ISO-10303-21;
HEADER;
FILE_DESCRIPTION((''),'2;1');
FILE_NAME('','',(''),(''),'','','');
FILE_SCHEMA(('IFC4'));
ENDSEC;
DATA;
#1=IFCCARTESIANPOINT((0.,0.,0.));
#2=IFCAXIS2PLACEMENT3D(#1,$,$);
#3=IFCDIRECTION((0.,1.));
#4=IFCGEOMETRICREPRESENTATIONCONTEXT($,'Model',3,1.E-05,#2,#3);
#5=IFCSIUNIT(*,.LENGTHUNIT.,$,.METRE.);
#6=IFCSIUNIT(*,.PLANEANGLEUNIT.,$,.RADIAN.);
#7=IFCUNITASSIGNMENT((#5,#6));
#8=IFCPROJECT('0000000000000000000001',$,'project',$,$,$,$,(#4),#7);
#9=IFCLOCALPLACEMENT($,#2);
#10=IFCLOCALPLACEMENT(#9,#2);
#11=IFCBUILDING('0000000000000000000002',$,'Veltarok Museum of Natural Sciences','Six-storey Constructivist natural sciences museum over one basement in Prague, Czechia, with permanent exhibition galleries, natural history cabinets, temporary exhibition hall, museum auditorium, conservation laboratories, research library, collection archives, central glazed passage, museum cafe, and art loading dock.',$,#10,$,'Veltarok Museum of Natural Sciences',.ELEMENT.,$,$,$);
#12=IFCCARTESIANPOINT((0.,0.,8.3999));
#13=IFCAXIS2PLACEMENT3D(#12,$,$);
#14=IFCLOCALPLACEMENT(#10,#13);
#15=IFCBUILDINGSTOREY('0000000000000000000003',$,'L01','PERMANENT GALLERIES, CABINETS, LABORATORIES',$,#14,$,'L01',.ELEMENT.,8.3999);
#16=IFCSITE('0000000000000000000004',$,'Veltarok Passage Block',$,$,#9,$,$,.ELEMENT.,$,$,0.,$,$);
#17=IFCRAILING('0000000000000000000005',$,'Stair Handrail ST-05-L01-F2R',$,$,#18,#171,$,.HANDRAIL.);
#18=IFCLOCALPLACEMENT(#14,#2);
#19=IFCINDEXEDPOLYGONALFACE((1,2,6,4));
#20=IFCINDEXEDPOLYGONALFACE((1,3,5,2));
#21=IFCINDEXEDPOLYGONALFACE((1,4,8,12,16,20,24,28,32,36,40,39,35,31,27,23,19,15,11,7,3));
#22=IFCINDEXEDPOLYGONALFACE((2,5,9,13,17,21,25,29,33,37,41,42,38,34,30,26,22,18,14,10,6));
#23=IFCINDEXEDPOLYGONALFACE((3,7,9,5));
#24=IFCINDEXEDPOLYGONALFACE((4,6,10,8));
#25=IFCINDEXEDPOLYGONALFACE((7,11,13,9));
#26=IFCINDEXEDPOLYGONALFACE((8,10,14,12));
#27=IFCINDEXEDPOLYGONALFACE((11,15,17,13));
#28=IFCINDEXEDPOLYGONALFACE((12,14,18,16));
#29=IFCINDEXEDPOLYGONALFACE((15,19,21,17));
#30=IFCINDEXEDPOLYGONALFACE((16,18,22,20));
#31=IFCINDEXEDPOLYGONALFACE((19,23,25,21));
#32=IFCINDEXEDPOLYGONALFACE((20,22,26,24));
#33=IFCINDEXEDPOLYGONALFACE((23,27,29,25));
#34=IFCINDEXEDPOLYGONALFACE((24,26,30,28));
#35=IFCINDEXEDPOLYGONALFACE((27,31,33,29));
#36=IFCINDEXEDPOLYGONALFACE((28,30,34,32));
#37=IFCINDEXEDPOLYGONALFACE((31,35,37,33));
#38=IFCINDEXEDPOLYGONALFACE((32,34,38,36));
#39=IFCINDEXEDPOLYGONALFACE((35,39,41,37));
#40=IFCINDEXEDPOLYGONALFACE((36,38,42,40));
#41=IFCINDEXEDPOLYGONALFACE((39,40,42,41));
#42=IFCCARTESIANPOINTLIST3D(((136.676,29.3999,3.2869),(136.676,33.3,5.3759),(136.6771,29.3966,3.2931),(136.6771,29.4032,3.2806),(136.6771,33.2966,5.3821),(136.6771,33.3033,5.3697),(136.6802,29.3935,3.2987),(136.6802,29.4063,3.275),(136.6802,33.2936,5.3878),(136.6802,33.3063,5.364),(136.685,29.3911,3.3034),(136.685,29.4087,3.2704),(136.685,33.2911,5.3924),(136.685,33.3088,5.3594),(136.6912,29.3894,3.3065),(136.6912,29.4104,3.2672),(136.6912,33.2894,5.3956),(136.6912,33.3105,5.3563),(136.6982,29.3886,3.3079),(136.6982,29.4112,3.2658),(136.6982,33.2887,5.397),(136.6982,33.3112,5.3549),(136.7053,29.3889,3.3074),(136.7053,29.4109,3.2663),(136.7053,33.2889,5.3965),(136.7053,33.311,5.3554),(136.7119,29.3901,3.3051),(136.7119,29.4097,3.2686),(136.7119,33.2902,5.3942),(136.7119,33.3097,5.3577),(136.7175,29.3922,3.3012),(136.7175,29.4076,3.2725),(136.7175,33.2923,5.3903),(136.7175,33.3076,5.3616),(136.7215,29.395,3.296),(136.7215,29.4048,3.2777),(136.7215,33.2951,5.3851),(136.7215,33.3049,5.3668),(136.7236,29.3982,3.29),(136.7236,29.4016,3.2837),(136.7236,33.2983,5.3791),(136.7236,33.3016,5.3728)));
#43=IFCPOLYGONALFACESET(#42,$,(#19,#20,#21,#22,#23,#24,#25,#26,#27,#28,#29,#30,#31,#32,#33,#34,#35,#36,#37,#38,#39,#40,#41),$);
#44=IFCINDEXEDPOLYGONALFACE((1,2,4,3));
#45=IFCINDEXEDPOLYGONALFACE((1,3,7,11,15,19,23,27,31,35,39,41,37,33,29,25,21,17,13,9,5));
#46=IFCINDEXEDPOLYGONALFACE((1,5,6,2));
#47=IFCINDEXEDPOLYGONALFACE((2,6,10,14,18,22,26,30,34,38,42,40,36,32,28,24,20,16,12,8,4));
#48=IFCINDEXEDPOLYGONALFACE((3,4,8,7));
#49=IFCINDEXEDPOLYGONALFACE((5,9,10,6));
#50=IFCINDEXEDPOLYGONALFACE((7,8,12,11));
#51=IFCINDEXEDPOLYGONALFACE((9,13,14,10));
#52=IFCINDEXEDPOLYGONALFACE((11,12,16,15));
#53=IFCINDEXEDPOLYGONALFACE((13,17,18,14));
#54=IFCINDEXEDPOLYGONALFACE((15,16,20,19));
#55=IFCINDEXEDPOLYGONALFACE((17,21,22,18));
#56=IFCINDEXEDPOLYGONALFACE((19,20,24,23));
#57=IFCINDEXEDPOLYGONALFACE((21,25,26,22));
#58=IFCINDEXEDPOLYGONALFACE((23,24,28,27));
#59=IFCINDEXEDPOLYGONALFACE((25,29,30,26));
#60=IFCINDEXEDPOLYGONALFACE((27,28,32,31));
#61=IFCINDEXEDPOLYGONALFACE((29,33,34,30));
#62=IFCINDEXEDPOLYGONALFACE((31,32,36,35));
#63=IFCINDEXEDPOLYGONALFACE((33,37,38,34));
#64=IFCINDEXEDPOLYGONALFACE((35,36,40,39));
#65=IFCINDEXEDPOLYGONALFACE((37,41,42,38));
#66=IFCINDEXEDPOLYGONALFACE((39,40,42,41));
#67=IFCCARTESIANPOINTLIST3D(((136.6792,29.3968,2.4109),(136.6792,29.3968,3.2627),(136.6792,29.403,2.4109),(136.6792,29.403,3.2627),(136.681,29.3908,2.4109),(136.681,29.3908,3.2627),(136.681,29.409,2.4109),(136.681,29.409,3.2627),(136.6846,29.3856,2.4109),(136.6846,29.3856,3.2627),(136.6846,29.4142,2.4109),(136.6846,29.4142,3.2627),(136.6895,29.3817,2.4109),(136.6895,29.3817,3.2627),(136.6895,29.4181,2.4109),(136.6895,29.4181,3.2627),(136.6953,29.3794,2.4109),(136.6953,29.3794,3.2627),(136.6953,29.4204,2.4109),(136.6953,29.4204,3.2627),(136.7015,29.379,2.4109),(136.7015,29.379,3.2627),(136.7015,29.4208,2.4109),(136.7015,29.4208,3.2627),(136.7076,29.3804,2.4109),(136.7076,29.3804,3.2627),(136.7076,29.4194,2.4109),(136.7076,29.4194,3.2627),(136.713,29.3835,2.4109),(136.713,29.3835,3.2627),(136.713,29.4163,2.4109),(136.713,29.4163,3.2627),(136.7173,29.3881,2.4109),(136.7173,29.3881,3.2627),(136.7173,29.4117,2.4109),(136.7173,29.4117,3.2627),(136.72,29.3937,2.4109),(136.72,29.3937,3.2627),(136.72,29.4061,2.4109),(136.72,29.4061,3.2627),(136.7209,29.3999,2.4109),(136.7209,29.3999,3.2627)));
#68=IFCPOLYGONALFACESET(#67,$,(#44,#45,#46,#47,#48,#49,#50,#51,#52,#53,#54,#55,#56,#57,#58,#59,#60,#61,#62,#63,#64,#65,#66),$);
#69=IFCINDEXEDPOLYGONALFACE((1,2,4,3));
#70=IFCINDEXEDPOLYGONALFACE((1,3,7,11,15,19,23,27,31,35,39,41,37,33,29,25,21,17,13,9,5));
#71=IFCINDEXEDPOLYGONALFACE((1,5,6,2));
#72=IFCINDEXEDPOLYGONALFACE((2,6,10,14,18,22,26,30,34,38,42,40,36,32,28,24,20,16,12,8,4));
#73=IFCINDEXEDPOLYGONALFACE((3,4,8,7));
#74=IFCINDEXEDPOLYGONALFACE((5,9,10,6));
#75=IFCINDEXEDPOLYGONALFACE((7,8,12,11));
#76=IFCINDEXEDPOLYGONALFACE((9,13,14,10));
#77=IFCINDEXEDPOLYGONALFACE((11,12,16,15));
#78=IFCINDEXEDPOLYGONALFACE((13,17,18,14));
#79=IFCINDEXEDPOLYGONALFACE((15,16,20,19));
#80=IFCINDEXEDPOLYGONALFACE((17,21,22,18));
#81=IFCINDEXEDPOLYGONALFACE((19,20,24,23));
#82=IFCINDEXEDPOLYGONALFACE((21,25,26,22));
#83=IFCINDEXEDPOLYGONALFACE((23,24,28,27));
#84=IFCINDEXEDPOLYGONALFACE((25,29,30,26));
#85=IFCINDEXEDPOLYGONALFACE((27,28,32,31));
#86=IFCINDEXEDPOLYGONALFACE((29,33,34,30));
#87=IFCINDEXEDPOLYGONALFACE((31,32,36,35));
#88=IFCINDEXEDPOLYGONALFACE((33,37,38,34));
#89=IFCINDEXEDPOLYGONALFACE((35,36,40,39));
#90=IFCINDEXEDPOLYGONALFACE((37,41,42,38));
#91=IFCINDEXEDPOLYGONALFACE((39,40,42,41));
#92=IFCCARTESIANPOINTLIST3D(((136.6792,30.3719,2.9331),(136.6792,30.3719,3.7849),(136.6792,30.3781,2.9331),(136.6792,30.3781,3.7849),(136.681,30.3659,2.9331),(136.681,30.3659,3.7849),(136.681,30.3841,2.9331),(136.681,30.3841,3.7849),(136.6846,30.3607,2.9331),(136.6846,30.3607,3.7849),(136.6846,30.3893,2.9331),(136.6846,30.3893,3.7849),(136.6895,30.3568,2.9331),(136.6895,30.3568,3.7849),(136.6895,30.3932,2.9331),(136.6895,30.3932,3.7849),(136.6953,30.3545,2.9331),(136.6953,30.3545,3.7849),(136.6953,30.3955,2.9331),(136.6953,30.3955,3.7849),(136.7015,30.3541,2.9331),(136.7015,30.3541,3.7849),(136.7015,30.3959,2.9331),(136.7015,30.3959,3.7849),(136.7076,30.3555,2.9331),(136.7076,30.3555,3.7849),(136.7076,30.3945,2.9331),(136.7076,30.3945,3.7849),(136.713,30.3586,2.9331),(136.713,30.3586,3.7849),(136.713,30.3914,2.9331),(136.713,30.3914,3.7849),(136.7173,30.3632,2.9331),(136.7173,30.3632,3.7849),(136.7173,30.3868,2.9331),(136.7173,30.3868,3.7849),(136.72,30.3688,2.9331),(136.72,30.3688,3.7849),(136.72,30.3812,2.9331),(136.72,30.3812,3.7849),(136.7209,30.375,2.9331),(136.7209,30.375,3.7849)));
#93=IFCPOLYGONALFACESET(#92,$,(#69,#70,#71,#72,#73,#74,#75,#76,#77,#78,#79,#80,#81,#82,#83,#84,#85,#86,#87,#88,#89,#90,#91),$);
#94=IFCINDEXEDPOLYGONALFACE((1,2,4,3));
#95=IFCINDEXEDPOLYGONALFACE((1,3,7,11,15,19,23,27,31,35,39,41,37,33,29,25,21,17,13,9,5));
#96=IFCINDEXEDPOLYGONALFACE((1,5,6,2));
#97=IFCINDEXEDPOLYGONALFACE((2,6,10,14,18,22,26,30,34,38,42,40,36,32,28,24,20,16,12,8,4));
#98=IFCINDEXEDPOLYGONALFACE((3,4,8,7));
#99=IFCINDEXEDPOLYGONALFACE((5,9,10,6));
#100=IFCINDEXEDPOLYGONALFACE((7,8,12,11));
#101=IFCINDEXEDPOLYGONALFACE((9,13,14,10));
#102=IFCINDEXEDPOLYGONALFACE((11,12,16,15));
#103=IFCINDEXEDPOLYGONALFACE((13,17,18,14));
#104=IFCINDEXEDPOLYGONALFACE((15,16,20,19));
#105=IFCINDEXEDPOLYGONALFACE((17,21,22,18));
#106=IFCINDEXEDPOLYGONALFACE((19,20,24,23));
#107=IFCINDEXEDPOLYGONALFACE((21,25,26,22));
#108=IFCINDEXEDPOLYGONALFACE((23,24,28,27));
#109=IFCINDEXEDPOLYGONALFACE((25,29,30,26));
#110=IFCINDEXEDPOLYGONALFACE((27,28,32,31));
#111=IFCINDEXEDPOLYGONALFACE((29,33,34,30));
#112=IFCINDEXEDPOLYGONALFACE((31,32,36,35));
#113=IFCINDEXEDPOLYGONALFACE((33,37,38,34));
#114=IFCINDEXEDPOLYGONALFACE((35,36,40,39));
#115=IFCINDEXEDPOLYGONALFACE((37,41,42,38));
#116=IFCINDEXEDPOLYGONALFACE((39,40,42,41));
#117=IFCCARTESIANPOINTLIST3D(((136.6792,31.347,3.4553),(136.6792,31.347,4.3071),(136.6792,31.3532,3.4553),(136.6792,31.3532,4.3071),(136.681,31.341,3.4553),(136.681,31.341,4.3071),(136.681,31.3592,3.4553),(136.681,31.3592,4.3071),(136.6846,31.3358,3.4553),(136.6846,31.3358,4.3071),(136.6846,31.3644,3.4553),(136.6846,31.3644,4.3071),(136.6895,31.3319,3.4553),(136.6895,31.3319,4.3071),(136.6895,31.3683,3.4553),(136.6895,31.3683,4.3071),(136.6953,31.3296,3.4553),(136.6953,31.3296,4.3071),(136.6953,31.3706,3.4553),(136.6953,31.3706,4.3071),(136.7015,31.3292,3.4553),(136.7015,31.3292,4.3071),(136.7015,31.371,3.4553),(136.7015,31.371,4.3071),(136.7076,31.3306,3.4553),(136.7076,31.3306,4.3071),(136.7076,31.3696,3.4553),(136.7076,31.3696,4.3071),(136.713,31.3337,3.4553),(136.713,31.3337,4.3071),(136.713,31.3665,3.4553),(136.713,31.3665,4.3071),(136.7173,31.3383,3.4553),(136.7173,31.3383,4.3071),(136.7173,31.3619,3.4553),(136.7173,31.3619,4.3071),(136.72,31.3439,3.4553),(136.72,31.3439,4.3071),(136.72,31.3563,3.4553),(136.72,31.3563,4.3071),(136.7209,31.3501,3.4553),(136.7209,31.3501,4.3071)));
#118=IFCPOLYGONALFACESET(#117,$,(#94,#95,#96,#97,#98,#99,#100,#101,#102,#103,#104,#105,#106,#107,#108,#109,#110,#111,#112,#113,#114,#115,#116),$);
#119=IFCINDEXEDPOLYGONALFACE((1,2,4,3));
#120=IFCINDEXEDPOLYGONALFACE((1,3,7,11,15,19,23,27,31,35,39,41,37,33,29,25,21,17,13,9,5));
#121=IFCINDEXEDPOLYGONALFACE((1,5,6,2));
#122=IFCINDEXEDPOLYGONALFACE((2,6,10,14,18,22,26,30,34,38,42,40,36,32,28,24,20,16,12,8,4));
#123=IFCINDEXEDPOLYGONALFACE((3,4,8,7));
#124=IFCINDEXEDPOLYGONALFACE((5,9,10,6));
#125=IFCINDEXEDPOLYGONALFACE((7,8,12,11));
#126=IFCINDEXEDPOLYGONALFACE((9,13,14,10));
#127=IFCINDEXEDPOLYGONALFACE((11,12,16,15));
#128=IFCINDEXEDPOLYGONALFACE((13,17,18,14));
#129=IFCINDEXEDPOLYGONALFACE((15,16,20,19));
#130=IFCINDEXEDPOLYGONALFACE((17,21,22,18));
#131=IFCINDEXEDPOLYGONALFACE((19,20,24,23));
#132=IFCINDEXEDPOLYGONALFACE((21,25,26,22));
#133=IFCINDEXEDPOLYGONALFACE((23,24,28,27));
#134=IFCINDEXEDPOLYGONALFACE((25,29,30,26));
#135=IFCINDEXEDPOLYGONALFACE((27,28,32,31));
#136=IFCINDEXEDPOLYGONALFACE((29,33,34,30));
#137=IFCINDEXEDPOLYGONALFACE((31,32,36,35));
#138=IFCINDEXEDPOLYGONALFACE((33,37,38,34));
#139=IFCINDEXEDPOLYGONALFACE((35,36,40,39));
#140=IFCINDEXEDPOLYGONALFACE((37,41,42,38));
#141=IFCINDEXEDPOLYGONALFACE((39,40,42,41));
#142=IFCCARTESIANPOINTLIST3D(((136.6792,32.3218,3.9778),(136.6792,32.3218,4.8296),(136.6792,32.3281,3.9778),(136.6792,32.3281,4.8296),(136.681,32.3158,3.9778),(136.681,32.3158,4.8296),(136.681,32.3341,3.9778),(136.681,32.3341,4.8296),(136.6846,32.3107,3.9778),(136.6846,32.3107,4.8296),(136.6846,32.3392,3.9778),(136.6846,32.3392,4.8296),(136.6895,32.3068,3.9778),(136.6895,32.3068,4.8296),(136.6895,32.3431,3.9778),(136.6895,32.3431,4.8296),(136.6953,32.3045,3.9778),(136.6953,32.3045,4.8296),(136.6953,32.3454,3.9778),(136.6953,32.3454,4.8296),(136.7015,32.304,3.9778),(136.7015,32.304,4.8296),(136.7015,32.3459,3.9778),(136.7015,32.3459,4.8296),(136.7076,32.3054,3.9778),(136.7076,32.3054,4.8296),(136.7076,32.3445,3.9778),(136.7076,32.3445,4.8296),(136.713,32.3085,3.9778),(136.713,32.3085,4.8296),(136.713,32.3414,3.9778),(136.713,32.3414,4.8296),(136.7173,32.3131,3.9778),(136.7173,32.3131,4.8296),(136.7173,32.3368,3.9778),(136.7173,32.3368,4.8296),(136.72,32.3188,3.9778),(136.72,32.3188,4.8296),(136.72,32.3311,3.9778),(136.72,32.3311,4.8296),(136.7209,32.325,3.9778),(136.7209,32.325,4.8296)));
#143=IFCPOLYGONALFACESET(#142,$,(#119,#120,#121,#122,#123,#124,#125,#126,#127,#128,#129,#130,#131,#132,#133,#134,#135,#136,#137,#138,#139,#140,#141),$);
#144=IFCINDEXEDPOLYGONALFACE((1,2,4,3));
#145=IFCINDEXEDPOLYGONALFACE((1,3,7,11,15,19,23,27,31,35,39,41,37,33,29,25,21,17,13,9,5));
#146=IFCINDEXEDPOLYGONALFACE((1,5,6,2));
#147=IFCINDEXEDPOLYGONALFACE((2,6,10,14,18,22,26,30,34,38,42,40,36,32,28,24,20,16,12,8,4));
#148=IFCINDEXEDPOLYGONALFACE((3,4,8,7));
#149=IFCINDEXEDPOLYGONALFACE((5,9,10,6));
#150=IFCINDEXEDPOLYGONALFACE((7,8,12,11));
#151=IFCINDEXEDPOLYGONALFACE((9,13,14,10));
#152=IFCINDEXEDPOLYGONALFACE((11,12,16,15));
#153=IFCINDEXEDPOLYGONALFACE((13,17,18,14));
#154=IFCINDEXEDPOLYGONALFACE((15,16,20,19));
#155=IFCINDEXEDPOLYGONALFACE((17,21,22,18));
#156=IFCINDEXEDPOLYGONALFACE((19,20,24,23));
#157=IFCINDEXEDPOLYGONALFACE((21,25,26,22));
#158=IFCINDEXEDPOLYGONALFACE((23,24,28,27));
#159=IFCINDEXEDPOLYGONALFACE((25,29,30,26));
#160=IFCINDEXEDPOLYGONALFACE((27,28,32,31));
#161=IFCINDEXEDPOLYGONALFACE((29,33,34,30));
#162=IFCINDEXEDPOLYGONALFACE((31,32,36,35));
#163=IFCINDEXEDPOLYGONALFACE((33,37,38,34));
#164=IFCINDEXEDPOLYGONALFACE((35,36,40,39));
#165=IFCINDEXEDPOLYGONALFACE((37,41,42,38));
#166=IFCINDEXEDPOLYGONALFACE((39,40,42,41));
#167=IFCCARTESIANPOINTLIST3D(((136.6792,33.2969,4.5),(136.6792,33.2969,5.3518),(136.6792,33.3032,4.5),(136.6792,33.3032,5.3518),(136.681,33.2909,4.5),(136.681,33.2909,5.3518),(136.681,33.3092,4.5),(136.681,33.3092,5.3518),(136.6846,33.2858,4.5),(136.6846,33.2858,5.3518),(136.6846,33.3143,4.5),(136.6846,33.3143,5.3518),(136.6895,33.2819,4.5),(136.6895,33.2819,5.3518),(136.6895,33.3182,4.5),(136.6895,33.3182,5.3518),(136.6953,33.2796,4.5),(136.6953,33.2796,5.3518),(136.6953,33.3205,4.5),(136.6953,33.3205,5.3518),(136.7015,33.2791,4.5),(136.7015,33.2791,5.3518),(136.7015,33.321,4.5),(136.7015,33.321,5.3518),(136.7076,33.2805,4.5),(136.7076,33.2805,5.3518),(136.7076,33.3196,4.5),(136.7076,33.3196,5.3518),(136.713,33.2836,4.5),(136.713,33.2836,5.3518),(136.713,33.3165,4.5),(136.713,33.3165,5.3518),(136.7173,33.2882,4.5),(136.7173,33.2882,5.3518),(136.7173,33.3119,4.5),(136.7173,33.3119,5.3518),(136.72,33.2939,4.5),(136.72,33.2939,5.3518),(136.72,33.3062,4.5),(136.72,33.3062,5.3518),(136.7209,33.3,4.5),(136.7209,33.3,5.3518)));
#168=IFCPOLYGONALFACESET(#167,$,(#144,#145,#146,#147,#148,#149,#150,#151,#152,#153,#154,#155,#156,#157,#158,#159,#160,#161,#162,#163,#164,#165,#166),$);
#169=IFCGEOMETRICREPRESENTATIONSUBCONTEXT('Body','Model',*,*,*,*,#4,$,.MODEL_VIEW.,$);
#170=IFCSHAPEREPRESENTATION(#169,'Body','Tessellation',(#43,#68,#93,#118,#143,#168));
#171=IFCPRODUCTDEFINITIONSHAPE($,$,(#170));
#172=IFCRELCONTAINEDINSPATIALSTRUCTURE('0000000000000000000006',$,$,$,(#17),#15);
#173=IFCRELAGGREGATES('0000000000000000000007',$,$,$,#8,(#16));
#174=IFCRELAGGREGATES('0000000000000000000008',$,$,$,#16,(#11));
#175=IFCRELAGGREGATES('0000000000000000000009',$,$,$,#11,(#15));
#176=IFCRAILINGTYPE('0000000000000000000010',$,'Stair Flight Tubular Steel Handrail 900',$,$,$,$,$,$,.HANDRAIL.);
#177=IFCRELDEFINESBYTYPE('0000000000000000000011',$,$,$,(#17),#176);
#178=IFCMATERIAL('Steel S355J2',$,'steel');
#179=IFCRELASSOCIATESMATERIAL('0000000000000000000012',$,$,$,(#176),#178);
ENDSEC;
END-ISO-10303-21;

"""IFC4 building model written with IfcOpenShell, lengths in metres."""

from ifc_helpers import new_model, si_unit, direction, frame, origin, origin_2d, place, context, subcontext, project, spatial, circle, extrude, material, type_object, element, save


model = new_model("IFC4")

# Units and contexts
model_context = context("Model", 3, precision=1e-05, world=origin(), true_north=direction((0.0, 1.0)))
body_context = subcontext(model_context, "Body", "Model", "MODEL_VIEW")
ifc_project = project(units=[si_unit("LENGTHUNIT", "METRE"), si_unit("PLANEANGLEUNIT", "RADIAN")], contexts=[model_context])

# Site, building, storey
site_placement = place(None, origin())
site = spatial("IfcSite", under=ifc_project, at=site_placement, Name="Veltarok Passage Block", CompositionType="ELEMENT", RefElevation=0.0)
building_placement = place(site_placement, origin())
building = spatial("IfcBuilding", under=site, at=building_placement, Name="Veltarok Museum of Natural Sciences", Description="Six-storey Constructivist natural sciences museum over one basement in Prague, Czechia, with permanent exhibition galleries, natural history cabinets, temporary exhibition hall, museum auditorium, conservation laboratories, research library, collection archives, central glazed passage, museum cafe, and art loading dock.", LongName="Veltarok Museum of Natural Sciences", CompositionType="ELEMENT")
storey_placement = place(building_placement, frame((0.0, 0.0, 8.3999)))
storey = spatial("IfcBuildingStorey", under=building, at=storey_placement, Name="L01", Description="PERMANENT GALLERIES, CABINETS, LABORATORIES", LongName="L01", CompositionType="ELEMENT", Elevation=8.3999)

# Shared definitions
ifc_material_1 = material(Name="Steel S355J2", Category="steel")

# Railing
railing_type = type_object("IfcRailingType", Name="Stair Flight Tubular Steel Handrail 900", PredefinedType="HANDRAIL", material=ifc_material_1)
railing_placement = place(storey_placement, frame((136.7, 29.3999, 2.4109)))
element("IfcRailing", 1, at=railing_placement, inside=storey, type_object=railing_type, Name="Stair Handrail ST-05-L01-F2R", PredefinedType="HANDRAIL", context=body_context, shape_type="SweptSolid", body=[
    extrude(circle(Radius=0.0239, at=origin_2d()), frame((0.0, 0.0, 0.876), z_axis=(0.0, 0.881504, 0.472177), x_axis=(-1.0, 0.0, 0.0)), (0.0, 0.0, 1.0), 4.4243),
    extrude(circle(Radius=0.021, at=origin_2d()), origin(), (0.0, 0.0, 1.0), 0.8518),
    extrude(circle(Radius=0.021, at=origin_2d()), frame((0.0, 0.9751, 0.5222)), (0.0, 0.0, 1.0), 0.8518),
    extrude(circle(Radius=0.021, at=origin_2d()), frame((0.0, 1.9502, 1.0444)), (0.0, 0.0, 1.0), 0.8518),
    extrude(circle(Radius=0.021, at=origin_2d()), frame((0.0, 2.925, 1.5669)), (0.0, 0.0, 1.0), 0.8518),
    extrude(circle(Radius=0.021, at=origin_2d()), frame((0.0, 3.9001, 2.0891)), (0.0, 0.0, 1.0), 0.8518),
])

save(model, "model.ifc")
